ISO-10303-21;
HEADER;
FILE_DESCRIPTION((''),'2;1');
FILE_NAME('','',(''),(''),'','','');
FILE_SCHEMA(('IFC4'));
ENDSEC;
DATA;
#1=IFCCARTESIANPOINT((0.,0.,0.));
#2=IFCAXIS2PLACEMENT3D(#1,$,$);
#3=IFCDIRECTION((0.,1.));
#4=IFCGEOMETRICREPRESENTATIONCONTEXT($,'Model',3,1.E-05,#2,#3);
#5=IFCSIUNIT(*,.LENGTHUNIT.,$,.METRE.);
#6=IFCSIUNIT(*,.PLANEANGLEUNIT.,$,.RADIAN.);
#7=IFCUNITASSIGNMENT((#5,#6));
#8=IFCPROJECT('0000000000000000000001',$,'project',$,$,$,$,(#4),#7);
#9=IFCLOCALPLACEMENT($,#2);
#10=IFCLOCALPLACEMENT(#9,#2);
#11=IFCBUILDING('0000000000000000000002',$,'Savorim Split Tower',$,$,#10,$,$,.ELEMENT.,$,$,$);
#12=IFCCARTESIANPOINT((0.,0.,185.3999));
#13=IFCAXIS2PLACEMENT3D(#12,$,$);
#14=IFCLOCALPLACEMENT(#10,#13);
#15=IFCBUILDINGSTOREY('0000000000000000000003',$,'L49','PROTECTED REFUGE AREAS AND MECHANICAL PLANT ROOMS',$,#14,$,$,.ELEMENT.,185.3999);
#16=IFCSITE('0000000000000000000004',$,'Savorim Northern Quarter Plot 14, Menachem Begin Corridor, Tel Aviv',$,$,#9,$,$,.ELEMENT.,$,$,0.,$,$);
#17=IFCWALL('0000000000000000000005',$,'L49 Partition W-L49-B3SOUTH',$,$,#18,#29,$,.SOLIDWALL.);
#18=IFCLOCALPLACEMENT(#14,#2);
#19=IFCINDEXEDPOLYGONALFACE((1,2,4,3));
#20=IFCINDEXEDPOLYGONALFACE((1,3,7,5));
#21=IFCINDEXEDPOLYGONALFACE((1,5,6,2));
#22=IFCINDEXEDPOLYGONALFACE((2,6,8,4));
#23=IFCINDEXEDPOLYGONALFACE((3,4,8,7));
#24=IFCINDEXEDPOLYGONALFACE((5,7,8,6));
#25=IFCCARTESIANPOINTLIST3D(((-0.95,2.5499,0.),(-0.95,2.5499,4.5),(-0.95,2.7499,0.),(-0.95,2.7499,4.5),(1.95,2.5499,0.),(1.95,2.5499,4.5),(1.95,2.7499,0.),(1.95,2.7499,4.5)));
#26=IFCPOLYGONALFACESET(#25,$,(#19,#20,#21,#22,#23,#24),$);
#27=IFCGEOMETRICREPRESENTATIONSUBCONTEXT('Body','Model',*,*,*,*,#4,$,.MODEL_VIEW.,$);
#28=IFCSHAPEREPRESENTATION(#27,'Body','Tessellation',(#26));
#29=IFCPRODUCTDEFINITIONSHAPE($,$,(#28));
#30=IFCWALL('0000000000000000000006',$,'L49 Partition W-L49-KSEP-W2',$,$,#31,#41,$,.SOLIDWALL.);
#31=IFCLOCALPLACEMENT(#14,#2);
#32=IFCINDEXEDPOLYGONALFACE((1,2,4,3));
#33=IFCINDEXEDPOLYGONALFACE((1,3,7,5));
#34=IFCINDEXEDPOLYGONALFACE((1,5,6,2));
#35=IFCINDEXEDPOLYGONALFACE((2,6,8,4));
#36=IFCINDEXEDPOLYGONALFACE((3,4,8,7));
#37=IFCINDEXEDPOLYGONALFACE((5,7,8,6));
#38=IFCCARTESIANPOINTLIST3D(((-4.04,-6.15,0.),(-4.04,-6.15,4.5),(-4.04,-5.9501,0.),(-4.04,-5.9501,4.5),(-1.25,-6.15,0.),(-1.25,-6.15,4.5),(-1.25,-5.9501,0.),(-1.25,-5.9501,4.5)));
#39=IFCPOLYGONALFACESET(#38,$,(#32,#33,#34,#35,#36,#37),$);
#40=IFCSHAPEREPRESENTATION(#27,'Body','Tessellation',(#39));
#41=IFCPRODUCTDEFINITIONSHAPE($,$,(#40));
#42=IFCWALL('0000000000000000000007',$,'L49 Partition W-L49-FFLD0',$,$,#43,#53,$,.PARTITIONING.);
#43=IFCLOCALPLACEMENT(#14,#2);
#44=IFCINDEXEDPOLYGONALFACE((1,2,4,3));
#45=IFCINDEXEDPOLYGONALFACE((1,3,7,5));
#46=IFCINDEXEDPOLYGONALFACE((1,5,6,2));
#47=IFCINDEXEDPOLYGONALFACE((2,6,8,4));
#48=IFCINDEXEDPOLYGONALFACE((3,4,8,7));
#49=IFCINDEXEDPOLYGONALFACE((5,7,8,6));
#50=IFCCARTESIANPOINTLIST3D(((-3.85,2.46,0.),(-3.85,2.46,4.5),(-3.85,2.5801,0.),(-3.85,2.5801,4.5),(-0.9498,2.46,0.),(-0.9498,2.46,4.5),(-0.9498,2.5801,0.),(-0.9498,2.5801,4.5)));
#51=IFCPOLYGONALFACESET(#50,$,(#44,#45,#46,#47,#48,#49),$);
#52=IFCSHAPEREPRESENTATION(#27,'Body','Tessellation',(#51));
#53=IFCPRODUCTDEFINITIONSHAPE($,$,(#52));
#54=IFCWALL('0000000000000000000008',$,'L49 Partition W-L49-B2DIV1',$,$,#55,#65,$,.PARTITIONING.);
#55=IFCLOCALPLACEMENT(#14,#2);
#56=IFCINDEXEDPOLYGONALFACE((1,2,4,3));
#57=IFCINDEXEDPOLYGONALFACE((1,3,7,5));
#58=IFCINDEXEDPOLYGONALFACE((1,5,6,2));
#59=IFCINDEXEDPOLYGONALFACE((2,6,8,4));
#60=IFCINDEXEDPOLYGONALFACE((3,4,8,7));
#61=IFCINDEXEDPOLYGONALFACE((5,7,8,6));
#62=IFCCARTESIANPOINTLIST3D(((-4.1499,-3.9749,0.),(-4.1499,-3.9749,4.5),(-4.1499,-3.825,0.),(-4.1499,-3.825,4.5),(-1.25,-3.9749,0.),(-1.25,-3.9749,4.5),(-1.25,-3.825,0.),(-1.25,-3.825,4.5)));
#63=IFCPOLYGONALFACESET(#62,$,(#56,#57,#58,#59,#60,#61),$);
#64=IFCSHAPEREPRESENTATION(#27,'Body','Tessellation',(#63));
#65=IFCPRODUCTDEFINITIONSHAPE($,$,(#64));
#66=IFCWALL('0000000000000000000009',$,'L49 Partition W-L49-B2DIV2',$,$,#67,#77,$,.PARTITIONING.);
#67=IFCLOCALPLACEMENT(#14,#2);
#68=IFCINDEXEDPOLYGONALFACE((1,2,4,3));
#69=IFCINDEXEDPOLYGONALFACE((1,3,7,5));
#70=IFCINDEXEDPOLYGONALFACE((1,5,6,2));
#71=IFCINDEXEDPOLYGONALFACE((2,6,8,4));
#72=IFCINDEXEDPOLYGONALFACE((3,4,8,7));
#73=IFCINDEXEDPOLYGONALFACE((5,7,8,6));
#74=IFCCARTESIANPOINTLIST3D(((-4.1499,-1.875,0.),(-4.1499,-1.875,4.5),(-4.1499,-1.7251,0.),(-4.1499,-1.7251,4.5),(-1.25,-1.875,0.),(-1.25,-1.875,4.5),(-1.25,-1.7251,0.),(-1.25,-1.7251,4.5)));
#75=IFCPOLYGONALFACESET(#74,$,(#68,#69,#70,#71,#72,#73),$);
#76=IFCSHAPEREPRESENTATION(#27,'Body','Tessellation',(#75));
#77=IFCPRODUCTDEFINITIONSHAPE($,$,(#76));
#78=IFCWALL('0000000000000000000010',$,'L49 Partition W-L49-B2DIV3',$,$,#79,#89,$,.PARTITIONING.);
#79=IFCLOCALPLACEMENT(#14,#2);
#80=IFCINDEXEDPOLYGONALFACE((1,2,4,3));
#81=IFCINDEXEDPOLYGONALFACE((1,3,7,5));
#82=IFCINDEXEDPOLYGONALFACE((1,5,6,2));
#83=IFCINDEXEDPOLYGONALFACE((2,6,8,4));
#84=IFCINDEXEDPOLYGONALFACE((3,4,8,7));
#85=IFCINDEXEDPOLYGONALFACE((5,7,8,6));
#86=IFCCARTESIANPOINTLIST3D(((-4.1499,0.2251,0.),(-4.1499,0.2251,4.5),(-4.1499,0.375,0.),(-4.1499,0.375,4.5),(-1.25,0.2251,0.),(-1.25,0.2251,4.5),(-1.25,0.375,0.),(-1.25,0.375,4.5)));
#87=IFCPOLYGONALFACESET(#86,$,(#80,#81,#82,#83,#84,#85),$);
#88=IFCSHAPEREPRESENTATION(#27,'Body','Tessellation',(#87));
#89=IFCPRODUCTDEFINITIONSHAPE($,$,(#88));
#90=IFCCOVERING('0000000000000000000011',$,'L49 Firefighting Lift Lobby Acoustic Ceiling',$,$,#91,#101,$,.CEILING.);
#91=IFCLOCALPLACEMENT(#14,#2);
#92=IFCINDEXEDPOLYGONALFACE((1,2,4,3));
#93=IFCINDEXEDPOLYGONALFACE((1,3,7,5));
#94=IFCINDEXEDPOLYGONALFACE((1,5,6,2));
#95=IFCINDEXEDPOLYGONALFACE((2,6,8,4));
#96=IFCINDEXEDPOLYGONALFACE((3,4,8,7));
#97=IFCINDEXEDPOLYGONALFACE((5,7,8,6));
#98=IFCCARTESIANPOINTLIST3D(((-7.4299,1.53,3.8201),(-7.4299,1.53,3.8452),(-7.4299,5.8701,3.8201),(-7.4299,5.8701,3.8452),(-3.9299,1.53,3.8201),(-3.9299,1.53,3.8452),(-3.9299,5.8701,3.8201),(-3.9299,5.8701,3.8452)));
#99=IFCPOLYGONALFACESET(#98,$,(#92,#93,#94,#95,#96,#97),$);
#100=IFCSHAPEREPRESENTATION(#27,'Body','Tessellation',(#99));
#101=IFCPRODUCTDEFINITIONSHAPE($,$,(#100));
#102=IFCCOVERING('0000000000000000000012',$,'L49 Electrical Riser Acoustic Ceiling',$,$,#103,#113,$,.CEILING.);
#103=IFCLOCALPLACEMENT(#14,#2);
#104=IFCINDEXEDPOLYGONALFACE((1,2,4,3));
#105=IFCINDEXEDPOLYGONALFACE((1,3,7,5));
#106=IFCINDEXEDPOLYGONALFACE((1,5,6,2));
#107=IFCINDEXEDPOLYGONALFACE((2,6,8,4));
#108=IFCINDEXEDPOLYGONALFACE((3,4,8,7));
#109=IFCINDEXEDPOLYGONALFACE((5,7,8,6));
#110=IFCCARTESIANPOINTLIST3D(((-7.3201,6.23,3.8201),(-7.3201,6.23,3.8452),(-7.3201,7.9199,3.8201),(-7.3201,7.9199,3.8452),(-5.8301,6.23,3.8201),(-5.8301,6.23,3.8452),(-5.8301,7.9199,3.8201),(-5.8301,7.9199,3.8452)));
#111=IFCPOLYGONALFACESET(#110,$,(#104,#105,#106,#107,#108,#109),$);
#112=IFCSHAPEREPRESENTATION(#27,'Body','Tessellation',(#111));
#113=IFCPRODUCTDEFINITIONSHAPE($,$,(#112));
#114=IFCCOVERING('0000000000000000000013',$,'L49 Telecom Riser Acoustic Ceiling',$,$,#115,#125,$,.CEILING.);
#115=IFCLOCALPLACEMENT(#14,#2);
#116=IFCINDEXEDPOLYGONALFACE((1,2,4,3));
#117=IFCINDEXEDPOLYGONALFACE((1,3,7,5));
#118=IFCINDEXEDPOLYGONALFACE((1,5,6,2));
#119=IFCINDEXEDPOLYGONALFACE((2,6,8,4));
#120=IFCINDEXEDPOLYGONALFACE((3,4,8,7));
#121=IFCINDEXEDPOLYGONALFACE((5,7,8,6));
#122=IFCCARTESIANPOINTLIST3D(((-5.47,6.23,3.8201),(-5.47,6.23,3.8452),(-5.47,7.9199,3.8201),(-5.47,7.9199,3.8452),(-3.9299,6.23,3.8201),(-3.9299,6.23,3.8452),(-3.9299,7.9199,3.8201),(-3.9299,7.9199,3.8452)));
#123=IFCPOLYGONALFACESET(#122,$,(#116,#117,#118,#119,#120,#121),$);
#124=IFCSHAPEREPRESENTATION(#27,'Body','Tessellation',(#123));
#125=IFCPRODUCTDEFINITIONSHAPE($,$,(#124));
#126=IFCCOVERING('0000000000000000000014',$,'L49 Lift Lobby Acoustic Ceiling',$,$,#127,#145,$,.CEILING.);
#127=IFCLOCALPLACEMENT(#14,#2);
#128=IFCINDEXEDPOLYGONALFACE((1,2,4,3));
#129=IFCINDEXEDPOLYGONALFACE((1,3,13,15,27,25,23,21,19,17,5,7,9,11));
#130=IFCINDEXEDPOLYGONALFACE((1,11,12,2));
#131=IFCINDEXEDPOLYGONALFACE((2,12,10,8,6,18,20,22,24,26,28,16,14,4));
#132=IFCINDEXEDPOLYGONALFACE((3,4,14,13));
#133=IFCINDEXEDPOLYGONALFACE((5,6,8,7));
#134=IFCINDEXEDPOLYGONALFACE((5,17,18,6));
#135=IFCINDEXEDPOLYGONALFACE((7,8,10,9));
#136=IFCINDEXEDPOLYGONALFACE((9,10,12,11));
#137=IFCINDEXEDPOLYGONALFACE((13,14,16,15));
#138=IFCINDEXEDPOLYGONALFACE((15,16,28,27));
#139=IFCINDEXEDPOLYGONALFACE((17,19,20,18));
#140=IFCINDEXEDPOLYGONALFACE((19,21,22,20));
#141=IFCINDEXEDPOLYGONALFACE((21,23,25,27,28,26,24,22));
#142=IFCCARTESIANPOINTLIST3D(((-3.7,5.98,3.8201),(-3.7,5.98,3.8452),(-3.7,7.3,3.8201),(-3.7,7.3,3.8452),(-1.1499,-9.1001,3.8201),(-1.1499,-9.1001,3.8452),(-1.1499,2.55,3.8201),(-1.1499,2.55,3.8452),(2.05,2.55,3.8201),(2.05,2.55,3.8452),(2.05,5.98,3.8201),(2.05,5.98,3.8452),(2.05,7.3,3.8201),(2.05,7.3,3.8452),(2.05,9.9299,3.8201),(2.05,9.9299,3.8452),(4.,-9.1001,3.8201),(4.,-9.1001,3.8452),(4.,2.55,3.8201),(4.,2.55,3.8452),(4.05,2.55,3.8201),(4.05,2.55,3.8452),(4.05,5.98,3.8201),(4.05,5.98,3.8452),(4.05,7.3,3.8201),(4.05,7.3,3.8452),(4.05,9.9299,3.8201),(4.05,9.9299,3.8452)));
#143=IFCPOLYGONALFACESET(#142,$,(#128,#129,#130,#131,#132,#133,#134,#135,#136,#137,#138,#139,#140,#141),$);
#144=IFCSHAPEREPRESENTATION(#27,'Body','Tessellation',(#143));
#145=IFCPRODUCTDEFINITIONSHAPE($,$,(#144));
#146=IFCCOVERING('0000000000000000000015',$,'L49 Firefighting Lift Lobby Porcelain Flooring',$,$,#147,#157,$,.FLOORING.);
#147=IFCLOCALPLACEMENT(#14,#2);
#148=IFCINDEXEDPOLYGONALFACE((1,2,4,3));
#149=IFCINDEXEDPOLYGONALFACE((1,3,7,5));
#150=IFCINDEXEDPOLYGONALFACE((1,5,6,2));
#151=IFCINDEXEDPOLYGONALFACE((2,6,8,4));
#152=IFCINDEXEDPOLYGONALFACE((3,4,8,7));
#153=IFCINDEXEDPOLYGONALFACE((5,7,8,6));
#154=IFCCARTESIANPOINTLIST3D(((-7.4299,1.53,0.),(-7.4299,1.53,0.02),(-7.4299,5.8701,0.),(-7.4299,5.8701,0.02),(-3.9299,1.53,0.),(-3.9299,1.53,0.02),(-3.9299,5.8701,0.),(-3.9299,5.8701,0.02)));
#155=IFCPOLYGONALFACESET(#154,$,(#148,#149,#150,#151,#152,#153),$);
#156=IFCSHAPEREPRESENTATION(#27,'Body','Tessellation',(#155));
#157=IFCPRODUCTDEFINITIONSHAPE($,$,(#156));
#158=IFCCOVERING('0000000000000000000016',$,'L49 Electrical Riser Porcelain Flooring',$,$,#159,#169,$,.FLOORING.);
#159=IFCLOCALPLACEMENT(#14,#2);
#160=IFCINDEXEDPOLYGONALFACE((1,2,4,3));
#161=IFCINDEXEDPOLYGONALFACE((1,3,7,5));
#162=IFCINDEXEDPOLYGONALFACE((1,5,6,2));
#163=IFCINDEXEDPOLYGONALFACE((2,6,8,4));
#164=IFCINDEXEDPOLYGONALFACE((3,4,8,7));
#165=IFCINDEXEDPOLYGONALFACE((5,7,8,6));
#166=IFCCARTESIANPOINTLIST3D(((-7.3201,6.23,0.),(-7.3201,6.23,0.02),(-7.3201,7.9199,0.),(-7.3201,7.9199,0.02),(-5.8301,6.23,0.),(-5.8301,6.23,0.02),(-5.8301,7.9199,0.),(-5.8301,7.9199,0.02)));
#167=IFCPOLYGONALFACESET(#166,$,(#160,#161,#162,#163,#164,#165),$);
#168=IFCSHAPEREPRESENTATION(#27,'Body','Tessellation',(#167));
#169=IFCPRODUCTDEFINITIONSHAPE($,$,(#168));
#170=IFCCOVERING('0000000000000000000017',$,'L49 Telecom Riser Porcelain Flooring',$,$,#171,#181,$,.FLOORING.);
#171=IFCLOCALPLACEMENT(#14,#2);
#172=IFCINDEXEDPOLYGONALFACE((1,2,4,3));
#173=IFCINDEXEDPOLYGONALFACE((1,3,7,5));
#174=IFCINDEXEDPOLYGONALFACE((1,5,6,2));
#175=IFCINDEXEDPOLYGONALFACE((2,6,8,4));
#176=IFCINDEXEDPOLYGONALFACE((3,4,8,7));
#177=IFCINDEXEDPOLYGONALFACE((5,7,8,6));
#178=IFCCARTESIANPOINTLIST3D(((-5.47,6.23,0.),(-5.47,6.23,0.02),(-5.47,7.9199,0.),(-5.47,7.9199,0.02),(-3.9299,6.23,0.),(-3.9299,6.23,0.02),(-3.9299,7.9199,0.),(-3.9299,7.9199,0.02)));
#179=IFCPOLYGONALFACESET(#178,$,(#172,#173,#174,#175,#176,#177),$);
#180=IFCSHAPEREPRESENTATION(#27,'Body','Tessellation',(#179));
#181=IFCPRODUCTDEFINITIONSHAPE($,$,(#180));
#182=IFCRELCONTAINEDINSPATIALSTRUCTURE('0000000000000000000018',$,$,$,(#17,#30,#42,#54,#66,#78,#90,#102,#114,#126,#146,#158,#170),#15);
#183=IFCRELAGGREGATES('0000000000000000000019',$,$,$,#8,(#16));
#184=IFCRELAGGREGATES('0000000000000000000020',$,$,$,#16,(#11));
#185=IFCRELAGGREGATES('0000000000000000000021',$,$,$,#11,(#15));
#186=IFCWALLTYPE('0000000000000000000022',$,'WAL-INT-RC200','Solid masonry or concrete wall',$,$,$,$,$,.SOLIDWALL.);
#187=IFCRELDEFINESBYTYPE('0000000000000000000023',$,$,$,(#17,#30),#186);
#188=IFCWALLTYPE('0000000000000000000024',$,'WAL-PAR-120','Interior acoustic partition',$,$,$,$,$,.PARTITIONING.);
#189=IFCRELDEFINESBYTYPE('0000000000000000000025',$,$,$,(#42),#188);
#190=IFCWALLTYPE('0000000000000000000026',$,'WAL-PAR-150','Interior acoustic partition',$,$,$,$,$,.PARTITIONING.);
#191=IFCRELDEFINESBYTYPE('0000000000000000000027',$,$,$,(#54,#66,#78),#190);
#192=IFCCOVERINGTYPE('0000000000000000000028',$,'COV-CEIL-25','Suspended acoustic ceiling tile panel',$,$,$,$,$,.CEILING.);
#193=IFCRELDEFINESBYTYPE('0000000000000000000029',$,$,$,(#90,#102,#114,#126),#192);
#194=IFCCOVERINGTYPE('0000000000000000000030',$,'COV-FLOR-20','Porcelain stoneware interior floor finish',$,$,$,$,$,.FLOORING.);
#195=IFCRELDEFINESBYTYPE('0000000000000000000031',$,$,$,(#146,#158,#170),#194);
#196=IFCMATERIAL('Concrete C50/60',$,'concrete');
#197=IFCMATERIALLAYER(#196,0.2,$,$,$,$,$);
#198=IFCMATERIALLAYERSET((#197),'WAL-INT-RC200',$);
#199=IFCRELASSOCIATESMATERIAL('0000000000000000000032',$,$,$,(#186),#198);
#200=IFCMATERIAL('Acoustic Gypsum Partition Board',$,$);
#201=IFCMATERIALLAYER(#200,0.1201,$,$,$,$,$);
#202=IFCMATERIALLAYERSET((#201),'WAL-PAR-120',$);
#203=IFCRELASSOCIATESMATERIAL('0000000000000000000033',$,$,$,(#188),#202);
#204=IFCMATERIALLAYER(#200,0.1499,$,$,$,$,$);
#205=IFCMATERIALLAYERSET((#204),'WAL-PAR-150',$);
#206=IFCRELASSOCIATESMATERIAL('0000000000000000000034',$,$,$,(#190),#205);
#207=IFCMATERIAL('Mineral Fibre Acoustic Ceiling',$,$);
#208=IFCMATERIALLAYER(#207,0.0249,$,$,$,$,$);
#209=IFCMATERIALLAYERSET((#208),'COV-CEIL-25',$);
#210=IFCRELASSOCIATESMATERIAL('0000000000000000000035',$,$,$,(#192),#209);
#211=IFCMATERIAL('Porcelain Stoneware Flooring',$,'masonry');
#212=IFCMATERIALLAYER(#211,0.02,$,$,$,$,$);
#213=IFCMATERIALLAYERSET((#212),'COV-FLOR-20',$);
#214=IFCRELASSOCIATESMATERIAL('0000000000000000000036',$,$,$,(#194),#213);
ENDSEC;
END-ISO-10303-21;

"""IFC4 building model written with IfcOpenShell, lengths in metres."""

from ifc_helpers import new_model, si_unit, direction, frame, frame_2d, origin, place, context, subcontext, project, spatial, polyline, rectangle, outline, extrude, material, layer, layer_set, type_object, element, save


model = new_model("IFC4")

# Units and contexts
model_context = context("Model", 3, precision=1e-05, world=origin(), true_north=direction((0.0, 1.0)))
body_context = subcontext(model_context, "Body", "Model", "MODEL_VIEW")
ifc_project = project(units=[si_unit("LENGTHUNIT", "METRE"), si_unit("PLANEANGLEUNIT", "RADIAN")], contexts=[model_context])

# Site, building, storey
site_placement = place(None, origin())
site = spatial("IfcSite", under=ifc_project, at=site_placement, Name="Savorim Northern Quarter Plot 14, Menachem Begin Corridor, Tel Aviv", CompositionType="ELEMENT", RefElevation=0.0)
building_placement = place(site_placement, origin())
building = spatial("IfcBuilding", under=site, at=building_placement, Name="Savorim Split Tower", CompositionType="ELEMENT")
storey_placement = place(building_placement, frame((0.0, 0.0, 185.3999)))
storey = spatial("IfcBuildingStorey", under=building, at=storey_placement, Name="L49", Description="PROTECTED REFUGE AREAS AND MECHANICAL PLANT ROOMS", CompositionType="ELEMENT", Elevation=185.3999)

# Shared definitions
ifc_material_1 = material(Name="Concrete C50/60", Category="concrete")

# Shared definitions
ifc_layer_1 = layer(ifc_material_1, 0.2)
ifc_layer_set_1 = layer_set([ifc_layer_1], Name="WAL-INT-RC200")
wall_type_1 = type_object("IfcWallType", Name="WAL-INT-RC200", Description="Solid masonry or concrete wall", PredefinedType="SOLIDWALL", material=ifc_layer_set_1)

# Walls
wall_1_placement = place(storey_placement, frame((-0.95, 2.6499, 0.0), z_axis=(0.0, 0.0, 1.0), x_axis=(1.0, 0.0, 0.0)))
element("IfcWall", 1, at=wall_1_placement, inside=storey, type_object=wall_type_1, Name="L49 Partition W-L49-B3SOUTH", PredefinedType="SOLIDWALL", context=body_context, shape_type="SweptSolid", body=[
    extrude(rectangle(XDim=2.8999, YDim=0.2, at=frame_2d((1.45, 0.0))), origin(), (0.0, 0.0, 1.0), 4.5),
])
wall_2_placement = place(storey_placement, frame((-4.04, -6.05, 0.0), z_axis=(0.0, 0.0, 1.0), x_axis=(1.0, 0.0, 0.0)))
element("IfcWall", 2, at=wall_2_placement, inside=storey, type_object=wall_type_1, Name="L49 Partition W-L49-KSEP-W2", PredefinedType="SOLIDWALL", context=body_context, shape_type="SweptSolid", body=[
    extrude(rectangle(XDim=2.79, YDim=0.2, at=frame_2d((1.395, 0.0))), origin(), (0.0, 0.0, 1.0), 4.5),
])
ifc_material_2 = material(Name="Acoustic Gypsum Partition Board")
ifc_layer_2 = layer(ifc_material_2, 0.1201)
ifc_layer_set_2 = layer_set([ifc_layer_2], Name="WAL-PAR-120")
wall_type_2 = type_object("IfcWallType", Name="WAL-PAR-120", Description="Interior acoustic partition", PredefinedType="PARTITIONING", material=ifc_layer_set_2)
wall_3_placement = place(storey_placement, frame((-3.8501, 2.52, 0.0), z_axis=(0.0, 0.0, 1.0), x_axis=(1.0, 0.0, 0.0)))
element("IfcWall", 3, at=wall_3_placement, inside=storey, type_object=wall_type_2, Name="L49 Partition W-L49-FFLD0", PredefinedType="PARTITIONING", context=body_context, shape_type="SweptSolid", body=[
    extrude(rectangle(XDim=2.9001, YDim=0.1201, at=frame_2d((1.4502, 0.0))), origin(), (0.0, 0.0, 1.0), 4.5),
])
ifc_layer_3 = layer(ifc_material_2, 0.1499)
ifc_layer_set_3 = layer_set([ifc_layer_3], Name="WAL-PAR-150")
wall_type_3 = type_object("IfcWallType", Name="WAL-PAR-150", Description="Interior acoustic partition", PredefinedType="PARTITIONING", material=ifc_layer_set_3)
for number, where, z_axis, x_axis, name in (
    (4, (-4.1499, -3.8999, 0.0), (0.0, 0.0, 1.0), (1.0, 0.0, 0.0), "L49 Partition W-L49-B2DIV1"),
    (5, (-4.1499, -1.8, 0.0), (0.0, 0.0, 1.0), (1.0, 0.0, 0.0), "L49 Partition W-L49-B2DIV2"),
    (6, (-4.1499, 0.3, 0.0), (0.0, 0.0, 1.0), (1.0, 0.0, 0.0), "L49 Partition W-L49-B2DIV3"),
):
    element("IfcWall", number, at=place(storey_placement, frame(where, z_axis=z_axis, x_axis=x_axis)), inside=storey, type_object=wall_type_3, Name=name, PredefinedType="PARTITIONING", context=body_context, shape_type="SweptSolid", body=[
        extrude(rectangle(XDim=2.8999, YDim=0.1499, at=frame_2d((1.45, 0.0))), origin(), (0.0, 0.0, 1.0), 4.5),
    ])

# Coverings
ifc_material_3 = material(Name="Mineral Fibre Acoustic Ceiling")
ifc_layer_4 = layer(ifc_material_3, 0.0249)
ifc_layer_set_4 = layer_set([ifc_layer_4], Name="COV-CEIL-25")
covering_type_1 = type_object("IfcCoveringType", Name="COV-CEIL-25", Description="Suspended acoustic ceiling tile panel", PredefinedType="CEILING", material=ifc_layer_set_4)
covering_1_placement = place(storey_placement, frame((0.0, 0.0, 3.8201)))
element("IfcCovering", 7, at=covering_1_placement, inside=storey, type_object=covering_type_1, Name="L49 Firefighting Lift Lobby Acoustic Ceiling", PredefinedType="CEILING", context=body_context, shape_type="SweptSolid", body=[
    extrude(outline(polyline([(-7.4299, 5.8701), (-7.4299, 1.53), (-3.9299, 1.53), (-3.9299, 5.8701), (-7.4299, 5.8701)])), origin(), (0.0, 0.0, 1.0), 0.0251),
])
covering_2_placement = place(storey_placement, frame((0.0, 0.0, 3.8201)))
element("IfcCovering", 8, at=covering_2_placement, inside=storey, type_object=covering_type_1, Name="L49 Electrical Riser Acoustic Ceiling", PredefinedType="CEILING", context=body_context, shape_type="SweptSolid", body=[
    extrude(outline(polyline([(-7.3201, 7.9199), (-7.3201, 6.23), (-5.8301, 6.23), (-5.8301, 7.9199), (-7.3201, 7.9199)])), origin(), (0.0, 0.0, 1.0), 0.0251),
])
covering_3_placement = place(storey_placement, frame((0.0, 0.0, 3.8201)))
element("IfcCovering", 9, at=covering_3_placement, inside=storey, type_object=covering_type_1, Name="L49 Telecom Riser Acoustic Ceiling", PredefinedType="CEILING", context=body_context, shape_type="SweptSolid", body=[
    extrude(outline(polyline([(-5.47, 7.9199), (-5.47, 6.23), (-3.9299, 6.23), (-3.9299, 7.9199), (-5.47, 7.9199)])), origin(), (0.0, 0.0, 1.0), 0.0251),
])
covering_4_placement = place(storey_placement, frame((0.0, 0.0, 3.8201)))
element("IfcCovering", 10, at=covering_4_placement, inside=storey, type_object=covering_type_1, Name="L49 Lift Lobby Acoustic Ceiling", PredefinedType="CEILING", context=body_context, shape_type="SweptSolid", body=[
    extrude(outline(polyline([(2.05, 2.55), (-1.1499, 2.55), (-1.1499, -9.1001), (4.0, -9.1001), (4.0, 2.55), (4.05, 2.55), (4.05, 5.98), (4.05, 7.3), (4.05, 9.9299), (2.05, 9.9299), (2.05, 7.3), (-3.7, 7.3), (-3.7, 5.98), (2.05, 5.98), (2.05, 2.55)])), origin(), (0.0, 0.0, 1.0), 0.0251),
])
ifc_material_4 = material(Name="Porcelain Stoneware Flooring", Category="masonry")
ifc_layer_5 = layer(ifc_material_4, 0.02)
ifc_layer_set_5 = layer_set([ifc_layer_5], Name="COV-FLOR-20")
covering_type_2 = type_object("IfcCoveringType", Name="COV-FLOR-20", Description="Porcelain stoneware interior floor finish", PredefinedType="FLOORING", material=ifc_layer_set_5)
covering_5_placement = place(storey_placement, origin())
element("IfcCovering", 11, at=covering_5_placement, inside=storey, type_object=covering_type_2, Name="L49 Firefighting Lift Lobby Porcelain Flooring", PredefinedType="FLOORING", context=body_context, shape_type="SweptSolid", body=[
    extrude(outline(polyline([(-7.4299, 5.8701), (-7.4299, 1.53), (-3.9299, 1.53), (-3.9299, 5.8701), (-7.4299, 5.8701)])), origin(), (0.0, 0.0, 1.0), 0.02),
])
covering_6_placement = place(storey_placement, origin())
element("IfcCovering", 12, at=covering_6_placement, inside=storey, type_object=covering_type_2, Name="L49 Electrical Riser Porcelain Flooring", PredefinedType="FLOORING", context=body_context, shape_type="SweptSolid", body=[
    extrude(outline(polyline([(-7.3201, 7.9199), (-7.3201, 6.23), (-5.8301, 6.23), (-5.8301, 7.9199), (-7.3201, 7.9199)])), origin(), (0.0, 0.0, 1.0), 0.02),
])
covering_7_placement = place(storey_placement, origin())
element("IfcCovering", 13, at=covering_7_placement, inside=storey, type_object=covering_type_2, Name="L49 Telecom Riser Porcelain Flooring", PredefinedType="FLOORING", context=body_context, shape_type="SweptSolid", body=[
    extrude(outline(polyline([(-5.47, 7.9199), (-5.47, 6.23), (-3.9299, 6.23), (-3.9299, 7.9199), (-5.47, 7.9199)])), origin(), (0.0, 0.0, 1.0), 0.02),
])

save(model, "model.ifc")
